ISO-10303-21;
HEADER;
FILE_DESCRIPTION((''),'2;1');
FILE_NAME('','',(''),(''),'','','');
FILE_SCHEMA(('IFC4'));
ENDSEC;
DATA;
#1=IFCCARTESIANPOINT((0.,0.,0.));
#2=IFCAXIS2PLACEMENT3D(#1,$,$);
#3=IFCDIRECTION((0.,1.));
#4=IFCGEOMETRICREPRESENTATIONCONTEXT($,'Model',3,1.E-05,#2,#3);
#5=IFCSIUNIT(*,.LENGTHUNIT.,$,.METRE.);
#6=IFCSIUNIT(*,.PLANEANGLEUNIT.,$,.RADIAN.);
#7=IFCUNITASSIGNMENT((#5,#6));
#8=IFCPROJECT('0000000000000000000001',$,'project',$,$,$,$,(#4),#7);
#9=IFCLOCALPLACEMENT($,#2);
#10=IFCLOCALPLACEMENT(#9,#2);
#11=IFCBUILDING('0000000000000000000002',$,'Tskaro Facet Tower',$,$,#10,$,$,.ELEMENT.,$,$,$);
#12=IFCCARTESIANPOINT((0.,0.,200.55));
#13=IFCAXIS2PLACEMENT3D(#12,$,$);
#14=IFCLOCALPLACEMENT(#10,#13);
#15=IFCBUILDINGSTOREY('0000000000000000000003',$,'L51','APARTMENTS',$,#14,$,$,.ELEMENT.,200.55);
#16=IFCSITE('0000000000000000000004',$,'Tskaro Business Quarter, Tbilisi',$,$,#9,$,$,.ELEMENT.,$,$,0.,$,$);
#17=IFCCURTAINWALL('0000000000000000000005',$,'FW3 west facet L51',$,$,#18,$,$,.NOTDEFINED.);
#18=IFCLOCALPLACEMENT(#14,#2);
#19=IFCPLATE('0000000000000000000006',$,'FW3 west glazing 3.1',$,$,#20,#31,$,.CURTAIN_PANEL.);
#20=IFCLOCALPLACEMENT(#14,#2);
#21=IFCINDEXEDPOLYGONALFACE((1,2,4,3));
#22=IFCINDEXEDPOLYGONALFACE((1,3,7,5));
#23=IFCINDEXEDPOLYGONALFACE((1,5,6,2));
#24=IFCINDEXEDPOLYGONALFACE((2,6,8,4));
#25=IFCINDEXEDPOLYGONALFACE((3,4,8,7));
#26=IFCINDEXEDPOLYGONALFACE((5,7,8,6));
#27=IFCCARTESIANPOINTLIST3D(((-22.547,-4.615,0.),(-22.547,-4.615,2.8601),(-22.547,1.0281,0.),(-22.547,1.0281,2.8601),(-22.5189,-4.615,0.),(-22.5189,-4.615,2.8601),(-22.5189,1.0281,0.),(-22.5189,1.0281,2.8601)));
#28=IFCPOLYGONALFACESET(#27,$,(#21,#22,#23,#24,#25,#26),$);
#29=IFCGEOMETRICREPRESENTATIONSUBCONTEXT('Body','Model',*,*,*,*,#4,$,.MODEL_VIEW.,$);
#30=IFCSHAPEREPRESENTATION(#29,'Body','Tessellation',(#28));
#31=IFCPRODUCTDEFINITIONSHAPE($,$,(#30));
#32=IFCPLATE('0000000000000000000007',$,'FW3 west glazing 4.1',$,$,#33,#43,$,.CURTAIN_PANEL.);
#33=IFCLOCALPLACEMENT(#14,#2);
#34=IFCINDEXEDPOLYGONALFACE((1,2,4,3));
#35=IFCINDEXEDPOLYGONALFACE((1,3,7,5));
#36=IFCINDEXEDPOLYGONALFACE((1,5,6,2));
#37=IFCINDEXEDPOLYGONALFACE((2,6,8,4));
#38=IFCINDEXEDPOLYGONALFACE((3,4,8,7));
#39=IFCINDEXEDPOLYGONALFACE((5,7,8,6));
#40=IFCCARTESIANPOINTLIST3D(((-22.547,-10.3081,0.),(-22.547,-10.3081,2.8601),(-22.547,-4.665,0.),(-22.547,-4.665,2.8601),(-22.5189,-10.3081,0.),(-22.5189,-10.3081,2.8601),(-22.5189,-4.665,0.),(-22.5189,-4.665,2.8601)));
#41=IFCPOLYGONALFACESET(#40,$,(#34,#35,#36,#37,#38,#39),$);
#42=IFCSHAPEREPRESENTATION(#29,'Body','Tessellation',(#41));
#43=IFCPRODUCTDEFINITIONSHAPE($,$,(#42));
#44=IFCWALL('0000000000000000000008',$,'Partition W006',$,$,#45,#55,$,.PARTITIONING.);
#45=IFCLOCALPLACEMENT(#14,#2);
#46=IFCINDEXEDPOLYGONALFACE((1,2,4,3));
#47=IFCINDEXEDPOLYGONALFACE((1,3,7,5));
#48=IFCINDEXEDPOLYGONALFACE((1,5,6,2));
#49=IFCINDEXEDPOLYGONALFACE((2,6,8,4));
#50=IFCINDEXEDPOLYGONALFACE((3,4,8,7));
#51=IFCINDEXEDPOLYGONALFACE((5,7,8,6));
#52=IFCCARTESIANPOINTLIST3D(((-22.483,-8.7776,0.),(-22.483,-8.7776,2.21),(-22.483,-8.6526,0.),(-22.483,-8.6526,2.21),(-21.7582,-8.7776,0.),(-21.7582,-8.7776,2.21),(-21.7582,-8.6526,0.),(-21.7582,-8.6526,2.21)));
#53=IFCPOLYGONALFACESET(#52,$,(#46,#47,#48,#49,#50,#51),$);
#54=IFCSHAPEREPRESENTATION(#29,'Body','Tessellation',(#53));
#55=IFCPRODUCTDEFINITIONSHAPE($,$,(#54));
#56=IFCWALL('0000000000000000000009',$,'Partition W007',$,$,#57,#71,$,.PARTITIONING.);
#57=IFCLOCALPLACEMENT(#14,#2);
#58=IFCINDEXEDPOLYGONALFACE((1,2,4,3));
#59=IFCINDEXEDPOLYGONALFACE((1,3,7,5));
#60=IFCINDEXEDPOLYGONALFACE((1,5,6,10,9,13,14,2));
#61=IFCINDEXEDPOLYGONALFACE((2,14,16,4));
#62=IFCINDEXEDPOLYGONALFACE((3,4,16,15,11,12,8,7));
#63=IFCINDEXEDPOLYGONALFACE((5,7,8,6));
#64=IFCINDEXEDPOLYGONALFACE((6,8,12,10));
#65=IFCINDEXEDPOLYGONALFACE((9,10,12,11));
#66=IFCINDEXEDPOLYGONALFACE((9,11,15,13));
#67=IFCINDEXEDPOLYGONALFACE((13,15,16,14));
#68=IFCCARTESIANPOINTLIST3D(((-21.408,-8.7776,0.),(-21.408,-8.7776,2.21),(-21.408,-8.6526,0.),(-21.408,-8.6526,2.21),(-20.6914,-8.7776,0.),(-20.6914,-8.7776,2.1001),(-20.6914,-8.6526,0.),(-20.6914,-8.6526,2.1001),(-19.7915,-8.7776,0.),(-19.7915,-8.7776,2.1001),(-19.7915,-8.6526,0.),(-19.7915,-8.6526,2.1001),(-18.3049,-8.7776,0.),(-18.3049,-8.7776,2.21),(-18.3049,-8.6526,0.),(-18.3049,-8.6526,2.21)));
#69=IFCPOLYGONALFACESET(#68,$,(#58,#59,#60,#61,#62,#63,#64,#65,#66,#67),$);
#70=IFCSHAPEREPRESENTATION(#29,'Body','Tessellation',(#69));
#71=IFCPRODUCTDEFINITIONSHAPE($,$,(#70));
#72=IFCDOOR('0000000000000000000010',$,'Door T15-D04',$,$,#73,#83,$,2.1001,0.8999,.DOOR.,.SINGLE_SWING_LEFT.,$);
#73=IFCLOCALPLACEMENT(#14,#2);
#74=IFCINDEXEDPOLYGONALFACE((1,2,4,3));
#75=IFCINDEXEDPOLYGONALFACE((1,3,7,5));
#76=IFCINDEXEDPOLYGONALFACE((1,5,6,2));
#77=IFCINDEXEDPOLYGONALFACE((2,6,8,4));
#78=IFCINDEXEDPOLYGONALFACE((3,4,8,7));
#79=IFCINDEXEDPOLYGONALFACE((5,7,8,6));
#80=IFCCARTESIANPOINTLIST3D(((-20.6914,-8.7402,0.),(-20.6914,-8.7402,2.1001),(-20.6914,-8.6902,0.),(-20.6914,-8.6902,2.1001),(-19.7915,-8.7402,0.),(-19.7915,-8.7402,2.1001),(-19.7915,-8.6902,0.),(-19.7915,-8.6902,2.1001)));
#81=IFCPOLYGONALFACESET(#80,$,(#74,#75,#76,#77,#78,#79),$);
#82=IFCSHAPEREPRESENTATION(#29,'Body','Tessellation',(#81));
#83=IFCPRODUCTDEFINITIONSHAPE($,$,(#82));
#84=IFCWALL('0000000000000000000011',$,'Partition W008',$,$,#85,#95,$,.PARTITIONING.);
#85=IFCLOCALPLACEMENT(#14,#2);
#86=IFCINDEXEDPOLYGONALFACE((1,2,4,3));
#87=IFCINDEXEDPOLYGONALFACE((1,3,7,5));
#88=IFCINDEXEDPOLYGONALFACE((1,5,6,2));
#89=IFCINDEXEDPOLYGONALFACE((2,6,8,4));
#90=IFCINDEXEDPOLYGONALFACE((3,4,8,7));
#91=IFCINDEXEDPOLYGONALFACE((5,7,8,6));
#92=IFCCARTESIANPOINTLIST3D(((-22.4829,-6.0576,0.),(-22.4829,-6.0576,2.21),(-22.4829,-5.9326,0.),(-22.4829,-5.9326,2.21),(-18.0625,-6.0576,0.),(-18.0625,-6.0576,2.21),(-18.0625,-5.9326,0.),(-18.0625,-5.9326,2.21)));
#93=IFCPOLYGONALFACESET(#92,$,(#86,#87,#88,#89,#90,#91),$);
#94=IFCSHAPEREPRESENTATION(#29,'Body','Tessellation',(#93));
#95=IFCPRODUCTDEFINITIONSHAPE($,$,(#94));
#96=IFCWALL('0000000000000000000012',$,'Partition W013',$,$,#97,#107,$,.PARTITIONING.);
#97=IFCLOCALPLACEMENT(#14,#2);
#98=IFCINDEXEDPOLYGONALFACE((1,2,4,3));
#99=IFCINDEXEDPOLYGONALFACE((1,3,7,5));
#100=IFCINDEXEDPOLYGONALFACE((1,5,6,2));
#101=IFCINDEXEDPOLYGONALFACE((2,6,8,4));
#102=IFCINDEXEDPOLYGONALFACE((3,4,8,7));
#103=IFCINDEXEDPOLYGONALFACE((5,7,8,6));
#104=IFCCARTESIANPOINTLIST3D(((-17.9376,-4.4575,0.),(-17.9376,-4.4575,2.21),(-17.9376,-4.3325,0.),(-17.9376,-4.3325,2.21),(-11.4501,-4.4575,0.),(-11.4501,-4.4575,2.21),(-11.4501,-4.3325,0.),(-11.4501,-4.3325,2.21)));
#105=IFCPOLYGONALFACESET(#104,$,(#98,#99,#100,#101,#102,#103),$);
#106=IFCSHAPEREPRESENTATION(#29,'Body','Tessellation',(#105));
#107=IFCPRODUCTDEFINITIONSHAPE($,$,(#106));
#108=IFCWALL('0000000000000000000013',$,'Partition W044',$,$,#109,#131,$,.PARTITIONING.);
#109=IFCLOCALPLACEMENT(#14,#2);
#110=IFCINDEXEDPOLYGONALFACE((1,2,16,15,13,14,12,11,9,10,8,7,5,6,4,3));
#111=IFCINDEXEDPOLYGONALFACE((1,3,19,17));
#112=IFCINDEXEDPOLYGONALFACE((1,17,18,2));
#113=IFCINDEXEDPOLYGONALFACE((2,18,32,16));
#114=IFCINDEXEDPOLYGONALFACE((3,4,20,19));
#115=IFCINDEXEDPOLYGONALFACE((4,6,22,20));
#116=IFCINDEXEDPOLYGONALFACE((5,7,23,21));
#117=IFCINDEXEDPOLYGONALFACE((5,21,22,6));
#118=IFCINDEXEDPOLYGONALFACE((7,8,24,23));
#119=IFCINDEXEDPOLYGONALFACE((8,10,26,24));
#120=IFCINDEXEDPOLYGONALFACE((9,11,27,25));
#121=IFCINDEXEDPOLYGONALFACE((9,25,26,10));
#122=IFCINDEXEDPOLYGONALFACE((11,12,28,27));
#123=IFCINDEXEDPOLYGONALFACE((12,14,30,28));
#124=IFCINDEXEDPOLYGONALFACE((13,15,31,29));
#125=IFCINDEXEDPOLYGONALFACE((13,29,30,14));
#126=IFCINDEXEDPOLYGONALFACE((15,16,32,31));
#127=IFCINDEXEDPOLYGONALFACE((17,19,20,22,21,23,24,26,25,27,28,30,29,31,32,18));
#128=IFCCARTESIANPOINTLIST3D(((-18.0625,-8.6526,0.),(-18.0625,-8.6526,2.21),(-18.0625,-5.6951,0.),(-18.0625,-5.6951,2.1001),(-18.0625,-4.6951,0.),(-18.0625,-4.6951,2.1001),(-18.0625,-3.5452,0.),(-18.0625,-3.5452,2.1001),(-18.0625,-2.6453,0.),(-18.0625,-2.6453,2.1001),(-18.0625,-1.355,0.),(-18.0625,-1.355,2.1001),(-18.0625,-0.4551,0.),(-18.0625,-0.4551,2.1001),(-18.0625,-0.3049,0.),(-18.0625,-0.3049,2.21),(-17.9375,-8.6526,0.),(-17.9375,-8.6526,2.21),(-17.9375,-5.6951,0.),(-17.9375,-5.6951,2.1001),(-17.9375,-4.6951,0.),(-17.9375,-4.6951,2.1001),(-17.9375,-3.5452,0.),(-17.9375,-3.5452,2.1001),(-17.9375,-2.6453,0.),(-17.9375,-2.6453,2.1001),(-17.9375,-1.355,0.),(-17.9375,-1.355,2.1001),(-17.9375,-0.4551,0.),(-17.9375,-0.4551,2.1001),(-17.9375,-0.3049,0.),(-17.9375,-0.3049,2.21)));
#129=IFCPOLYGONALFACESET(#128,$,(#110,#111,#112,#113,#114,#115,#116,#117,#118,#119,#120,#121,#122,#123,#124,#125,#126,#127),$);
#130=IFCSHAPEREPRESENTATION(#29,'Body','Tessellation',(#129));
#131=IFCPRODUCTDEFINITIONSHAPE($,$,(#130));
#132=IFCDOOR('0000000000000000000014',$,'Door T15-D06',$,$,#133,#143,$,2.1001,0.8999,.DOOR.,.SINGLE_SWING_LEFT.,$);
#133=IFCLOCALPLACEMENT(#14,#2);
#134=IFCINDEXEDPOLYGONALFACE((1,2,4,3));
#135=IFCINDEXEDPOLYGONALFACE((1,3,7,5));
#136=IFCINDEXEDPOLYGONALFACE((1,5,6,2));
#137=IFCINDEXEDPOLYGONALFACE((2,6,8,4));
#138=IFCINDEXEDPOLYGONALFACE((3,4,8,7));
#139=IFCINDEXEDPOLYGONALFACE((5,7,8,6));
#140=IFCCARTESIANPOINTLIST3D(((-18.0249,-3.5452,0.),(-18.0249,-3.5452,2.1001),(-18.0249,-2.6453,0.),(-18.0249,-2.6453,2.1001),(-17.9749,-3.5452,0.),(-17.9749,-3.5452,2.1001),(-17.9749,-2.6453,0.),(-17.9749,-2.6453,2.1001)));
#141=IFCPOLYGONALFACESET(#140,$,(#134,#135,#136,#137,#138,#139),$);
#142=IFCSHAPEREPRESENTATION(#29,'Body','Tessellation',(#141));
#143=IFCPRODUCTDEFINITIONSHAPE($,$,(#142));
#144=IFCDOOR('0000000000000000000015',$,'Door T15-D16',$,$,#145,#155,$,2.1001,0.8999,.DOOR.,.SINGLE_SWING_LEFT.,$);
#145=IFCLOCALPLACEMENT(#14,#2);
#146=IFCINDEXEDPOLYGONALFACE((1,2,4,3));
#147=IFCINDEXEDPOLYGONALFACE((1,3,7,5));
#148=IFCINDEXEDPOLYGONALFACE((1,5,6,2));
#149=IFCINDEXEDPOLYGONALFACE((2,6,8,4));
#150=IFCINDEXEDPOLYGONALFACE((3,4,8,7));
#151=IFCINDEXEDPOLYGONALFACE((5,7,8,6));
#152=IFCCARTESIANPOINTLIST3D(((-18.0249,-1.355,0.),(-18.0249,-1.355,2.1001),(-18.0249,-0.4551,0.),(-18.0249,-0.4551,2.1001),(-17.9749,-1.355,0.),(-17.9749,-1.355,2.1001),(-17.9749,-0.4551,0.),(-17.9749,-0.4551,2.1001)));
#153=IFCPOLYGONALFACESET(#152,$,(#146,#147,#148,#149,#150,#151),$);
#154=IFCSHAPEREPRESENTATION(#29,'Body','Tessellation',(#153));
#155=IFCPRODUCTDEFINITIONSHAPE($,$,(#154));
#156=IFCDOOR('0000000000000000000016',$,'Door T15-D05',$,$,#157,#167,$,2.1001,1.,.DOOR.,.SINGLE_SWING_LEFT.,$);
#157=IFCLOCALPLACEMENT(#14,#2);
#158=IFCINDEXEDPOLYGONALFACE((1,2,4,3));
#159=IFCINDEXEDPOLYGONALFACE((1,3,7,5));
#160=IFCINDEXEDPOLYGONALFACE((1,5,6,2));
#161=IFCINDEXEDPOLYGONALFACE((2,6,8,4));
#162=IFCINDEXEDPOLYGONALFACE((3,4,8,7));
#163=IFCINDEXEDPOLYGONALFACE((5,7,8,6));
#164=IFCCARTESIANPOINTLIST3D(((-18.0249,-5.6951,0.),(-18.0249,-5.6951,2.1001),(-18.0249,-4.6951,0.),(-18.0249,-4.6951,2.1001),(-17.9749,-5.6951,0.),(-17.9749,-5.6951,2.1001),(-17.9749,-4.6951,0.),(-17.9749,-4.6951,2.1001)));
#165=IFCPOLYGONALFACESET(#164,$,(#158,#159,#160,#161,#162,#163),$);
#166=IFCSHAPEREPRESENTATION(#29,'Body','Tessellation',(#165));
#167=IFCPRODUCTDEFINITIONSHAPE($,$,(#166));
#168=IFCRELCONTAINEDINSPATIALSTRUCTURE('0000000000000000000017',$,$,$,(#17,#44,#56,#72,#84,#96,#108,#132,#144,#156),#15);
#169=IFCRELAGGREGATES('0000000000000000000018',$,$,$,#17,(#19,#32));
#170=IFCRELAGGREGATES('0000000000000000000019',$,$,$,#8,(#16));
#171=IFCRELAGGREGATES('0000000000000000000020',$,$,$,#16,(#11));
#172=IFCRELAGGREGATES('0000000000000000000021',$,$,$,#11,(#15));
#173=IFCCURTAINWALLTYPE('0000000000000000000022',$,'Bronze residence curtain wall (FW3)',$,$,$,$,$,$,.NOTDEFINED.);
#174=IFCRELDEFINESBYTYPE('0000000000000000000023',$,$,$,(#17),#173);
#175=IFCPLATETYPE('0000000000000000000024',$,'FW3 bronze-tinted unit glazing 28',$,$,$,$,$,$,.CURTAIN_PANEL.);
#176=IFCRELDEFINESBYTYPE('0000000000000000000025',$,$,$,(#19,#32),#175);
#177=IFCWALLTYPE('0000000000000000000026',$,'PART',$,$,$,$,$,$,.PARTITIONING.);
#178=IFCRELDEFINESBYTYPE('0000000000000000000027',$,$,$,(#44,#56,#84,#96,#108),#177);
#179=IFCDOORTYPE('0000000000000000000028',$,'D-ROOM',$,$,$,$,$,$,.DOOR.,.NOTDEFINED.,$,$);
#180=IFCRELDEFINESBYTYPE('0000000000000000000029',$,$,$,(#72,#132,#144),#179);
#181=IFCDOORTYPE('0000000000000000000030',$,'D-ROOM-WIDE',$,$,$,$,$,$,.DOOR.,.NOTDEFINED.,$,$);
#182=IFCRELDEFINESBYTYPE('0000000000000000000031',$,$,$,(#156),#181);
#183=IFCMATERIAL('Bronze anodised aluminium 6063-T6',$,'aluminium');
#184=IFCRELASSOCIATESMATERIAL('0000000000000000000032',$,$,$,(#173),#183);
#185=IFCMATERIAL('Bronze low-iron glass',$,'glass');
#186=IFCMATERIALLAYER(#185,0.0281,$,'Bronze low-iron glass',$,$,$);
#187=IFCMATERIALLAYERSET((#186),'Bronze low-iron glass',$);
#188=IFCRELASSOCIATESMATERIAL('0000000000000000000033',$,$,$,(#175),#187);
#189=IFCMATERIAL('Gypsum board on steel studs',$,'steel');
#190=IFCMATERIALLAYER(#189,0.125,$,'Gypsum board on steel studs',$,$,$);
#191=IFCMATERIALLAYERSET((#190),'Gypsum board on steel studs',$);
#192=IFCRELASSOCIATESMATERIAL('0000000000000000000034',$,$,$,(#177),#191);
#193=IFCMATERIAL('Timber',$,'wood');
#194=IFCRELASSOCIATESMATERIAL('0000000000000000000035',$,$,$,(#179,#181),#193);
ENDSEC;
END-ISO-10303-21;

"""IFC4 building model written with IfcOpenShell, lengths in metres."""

from ifc_helpers import new_model, si_unit, direction, frame, frame_2d, origin, origin_2d, place, context, subcontext, project, spatial, rectangle, extrude, material, layer, layer_set, type_object, element, fill, aggregate, save


model = new_model("IFC4")

# Units and contexts
model_context = context("Model", 3, precision=1e-05, world=origin(), true_north=direction((0.0, 1.0)))
body_context = subcontext(model_context, "Body", "Model", "MODEL_VIEW")
ifc_project = project(units=[si_unit("LENGTHUNIT", "METRE"), si_unit("PLANEANGLEUNIT", "RADIAN")], contexts=[model_context])

# Site, building, storey
site_placement = place(None, origin())
site = spatial("IfcSite", under=ifc_project, at=site_placement, Name="Tskaro Business Quarter, Tbilisi", CompositionType="ELEMENT", RefElevation=0.0)
building_placement = place(site_placement, origin())
building = spatial("IfcBuilding", under=site, at=building_placement, Name="Tskaro Facet Tower", CompositionType="ELEMENT")
storey_placement = place(building_placement, frame((0.0, 0.0, 200.55)))
storey = spatial("IfcBuildingStorey", under=building, at=storey_placement, Name="L51", Description="APARTMENTS", CompositionType="ELEMENT", Elevation=200.55)

# Curtain wall
ifc_material_1 = material(Name="Bronze anodised aluminium 6063-T6", Category="aluminium")
curtain_wall_type = type_object("IfcCurtainWallType", Name="Bronze residence curtain wall (FW3)", PredefinedType="NOTDEFINED", material=ifc_material_1)
curtain_wall_placement = place(storey_placement, origin())
curtain_wall = element("IfcCurtainWall", 1, at=curtain_wall_placement, inside=storey, type_object=curtain_wall_type, Name="FW3 west facet L51", PredefinedType="NOTDEFINED")

# Plates
ifc_material_2 = material(Name="Bronze low-iron glass", Category="glass")
ifc_layer_1 = layer(ifc_material_2, 0.0281, Name="Bronze low-iron glass")
ifc_layer_set_1 = layer_set([ifc_layer_1], Name="Bronze low-iron glass")
plate_type = type_object("IfcPlateType", Name="FW3 bronze-tinted unit glazing 28", PredefinedType="CURTAIN_PANEL", material=ifc_layer_set_1)
plate_1_placement = place(storey_placement, frame((-22.533, -1.7935, 0.0), z_axis=(0.0, 0.0, 1.0), x_axis=(0.0, -1.0, 0.0)))
plate_1 = element("IfcPlate", 2, at=plate_1_placement, type_object=plate_type, Name="FW3 west glazing 3.1", PredefinedType="CURTAIN_PANEL", context=body_context, shape_type="SweptSolid", body=[
    extrude(rectangle(XDim=5.6431, YDim=0.0281, at=origin_2d()), origin(), (0.0, 0.0, 1.0), 2.8601),
])
plate_2_placement = place(storey_placement, frame((-22.533, -7.4866, 0.0), z_axis=(0.0, 0.0, 1.0), x_axis=(0.0, -1.0, 0.0)))
plate_2 = element("IfcPlate", 3, at=plate_2_placement, type_object=plate_type, Name="FW3 west glazing 4.1", PredefinedType="CURTAIN_PANEL", context=body_context, shape_type="SweptSolid", body=[
    extrude(rectangle(XDim=5.6431, YDim=0.0281, at=origin_2d()), origin(), (0.0, 0.0, 1.0), 2.8601),
])
aggregate(curtain_wall, [plate_1, plate_2])

# Wall
ifc_material_3 = material(Name="Gypsum board on steel studs", Category="steel")
ifc_layer_2 = layer(ifc_material_3, 0.125, Name="Gypsum board on steel studs")
ifc_layer_set_2 = layer_set([ifc_layer_2], Name="Gypsum board on steel studs")
wall_type_1 = type_object("IfcWallType", Name="PART", PredefinedType="PARTITIONING", material=ifc_layer_set_2)
wall_1_placement = place(storey_placement, frame((-22.4829, -8.7151, 0.0), z_axis=(0.0, 0.0, 1.0), x_axis=(1.0, 0.0, 0.0)))
element("IfcWall", 4, at=wall_1_placement, inside=storey, type_object=wall_type_1, Name="Partition W006", PredefinedType="PARTITIONING", context=body_context, shape_type="SweptSolid", body=[
    extrude(rectangle(XDim=0.7249, YDim=0.125, at=frame_2d((0.3623, 0.0))), origin(), (0.0, 0.0, 1.0), 2.21),
])

# Wall, opening, door
wall_2_placement = place(storey_placement, frame((-21.408, -8.7151, 0.0), z_axis=(0.0, 0.0, 1.0), x_axis=(1.0, 0.0, 0.0)))
wall_2 = element("IfcWall", 5, at=wall_2_placement, inside=storey, type_object=wall_type_1, Name="Partition W007", PredefinedType="PARTITIONING", context=body_context, shape_type="SweptSolid", body=[
    extrude(rectangle(XDim=3.103, YDim=0.125, at=frame_2d((1.5515, 0.0))), origin(), (0.0, 0.0, 1.0), 2.21),
])
opening_1_placement = place(wall_2_placement, frame((0.7166, 0.0, 0.0)))
opening_1 = element("IfcOpeningElement", 6, at=opening_1_placement, cuts=wall_2, PredefinedType="OPENING", context=body_context, shape_type="SweptSolid", body=[
    extrude(rectangle(XDim=0.8999, YDim=2.1001, at=frame_2d((0.45, 1.05))), frame((0.0, 0.0725, 0.0), z_axis=(0.0, -1.0, 0.0), x_axis=(1.0, 0.0, 0.0)), (0.0, 0.0, 1.0), 0.145),
])
ifc_material_4 = material(Name="Timber", Category="wood")
door_type_1 = type_object("IfcDoorType", Name="D-ROOM", OperationType="NOTDEFINED", PredefinedType="DOOR", material=ifc_material_4)
door_1_placement = place(opening_1_placement, origin())
door_1 = element("IfcDoor", 7, at=door_1_placement, inside=storey, type_object=door_type_1, Name="Door T15-D04", OperationType="SINGLE_SWING_LEFT", OverallHeight=2.1001, OverallWidth=0.8999, PredefinedType="DOOR", context=body_context, shape_type="SweptSolid", body=[
    extrude(rectangle(XDim=0.8999, YDim=2.1001, at=frame_2d((0.45, 1.05))), frame((0.0, 0.0249, 0.0), z_axis=(0.0, -1.0, 0.0), x_axis=(1.0, 0.0, 0.0)), (0.0, 0.0, 1.0), 0.05),
])
fill(opening_1, door_1)

# Walls
wall_3_placement = place(storey_placement, frame((-22.4829, -5.9951, 0.0), z_axis=(0.0, 0.0, 1.0), x_axis=(1.0, 0.0, 0.0)))
element("IfcWall", 8, at=wall_3_placement, inside=storey, type_object=wall_type_1, Name="Partition W008", PredefinedType="PARTITIONING", context=body_context, shape_type="SweptSolid", body=[
    extrude(rectangle(XDim=4.4204, YDim=0.125, at=frame_2d((2.2102, 0.0))), origin(), (0.0, 0.0, 1.0), 2.21),
])
wall_4_placement = place(storey_placement, frame((-17.9375, -4.395, 0.0), z_axis=(0.0, 0.0, 1.0), x_axis=(1.0, 0.0, 0.0)))
element("IfcWall", 9, at=wall_4_placement, inside=storey, type_object=wall_type_1, Name="Partition W013", PredefinedType="PARTITIONING", context=body_context, shape_type="SweptSolid", body=[
    extrude(rectangle(XDim=6.4875, YDim=0.125, at=frame_2d((3.2437, 0.0))), origin(), (0.0, 0.0, 1.0), 2.21),
])

# Wall, openings, doors
wall_5_placement = place(storey_placement, frame((-18.0, -8.6526, 0.0), z_axis=(0.0, 0.0, 1.0), x_axis=(0.0, 1.0, 0.0)))
wall_5 = element("IfcWall", 10, at=wall_5_placement, inside=storey, type_object=wall_type_1, Name="Partition W044", PredefinedType="PARTITIONING", context=body_context, shape_type="SweptSolid", body=[
    extrude(rectangle(XDim=8.3477, YDim=0.125, at=frame_2d((4.1738, 0.0))), origin(), (0.0, 0.0, 1.0), 2.21),
])
opening_2_placement = place(wall_5_placement, frame((2.9575, 0.0, 0.0)))
opening_2 = element("IfcOpeningElement", 11, at=opening_2_placement, cuts=wall_5, PredefinedType="OPENING", context=body_context, shape_type="SweptSolid", body=[
    extrude(rectangle(XDim=1.0, YDim=2.1001, at=frame_2d((0.5, 1.05))), frame((0.0, 0.0725, 0.0), z_axis=(0.0, -1.0, 0.0), x_axis=(1.0, 0.0, 0.0)), (0.0, 0.0, 1.0), 0.145),
])
opening_3_placement = place(wall_5_placement, frame((5.1074, 0.0, 0.0)))
opening_3 = element("IfcOpeningElement", 12, at=opening_3_placement, cuts=wall_5, PredefinedType="OPENING", context=body_context, shape_type="SweptSolid", body=[
    extrude(rectangle(XDim=0.8999, YDim=2.1001, at=frame_2d((0.45, 1.05))), frame((0.0, 0.0725, 0.0), z_axis=(0.0, -1.0, 0.0), x_axis=(1.0, 0.0, 0.0)), (0.0, 0.0, 1.0), 0.145),
])
opening_4_placement = place(wall_5_placement, frame((7.2976, 0.0, 0.0)))
opening_4 = element("IfcOpeningElement", 13, at=opening_4_placement, cuts=wall_5, PredefinedType="OPENING", context=body_context, shape_type="SweptSolid", body=[
    extrude(rectangle(XDim=0.8999, YDim=2.1001, at=frame_2d((0.45, 1.05))), frame((0.0, 0.0725, 0.0), z_axis=(0.0, -1.0, 0.0), x_axis=(1.0, 0.0, 0.0)), (0.0, 0.0, 1.0), 0.145),
])
door_2_placement = place(opening_3_placement, origin())
door_2 = element("IfcDoor", 14, at=door_2_placement, inside=storey, type_object=door_type_1, Name="Door T15-D06", OperationType="SINGLE_SWING_LEFT", OverallHeight=2.1001, OverallWidth=0.8999, PredefinedType="DOOR", context=body_context, shape_type="SweptSolid", body=[
    extrude(rectangle(XDim=0.8999, YDim=2.1001, at=frame_2d((0.45, 1.05))), frame((0.0, 0.0249, 0.0), z_axis=(0.0, -1.0, 0.0), x_axis=(1.0, 0.0, 0.0)), (0.0, 0.0, 1.0), 0.05),
])
fill(opening_3, door_2)
door_3_placement = place(opening_4_placement, origin())
door_3 = element("IfcDoor", 15, at=door_3_placement, inside=storey, type_object=door_type_1, Name="Door T15-D16", OperationType="SINGLE_SWING_LEFT", OverallHeight=2.1001, OverallWidth=0.8999, PredefinedType="DOOR", context=body_context, shape_type="SweptSolid", body=[
    extrude(rectangle(XDim=0.8999, YDim=2.1001, at=frame_2d((0.45, 1.05))), frame((0.0, 0.0249, 0.0), z_axis=(0.0, -1.0, 0.0), x_axis=(1.0, 0.0, 0.0)), (0.0, 0.0, 1.0), 0.05),
])
fill(opening_4, door_3)
door_type_2 = type_object("IfcDoorType", Name="D-ROOM-WIDE", OperationType="NOTDEFINED", PredefinedType="DOOR", material=ifc_material_4)
door_4_placement = place(opening_2_placement, origin())
door_4 = element("IfcDoor", 16, at=door_4_placement, inside=storey, type_object=door_type_2, Name="Door T15-D05", OperationType="SINGLE_SWING_LEFT", OverallHeight=2.1001, OverallWidth=1.0, PredefinedType="DOOR", context=body_context, shape_type="SweptSolid", body=[
    extrude(rectangle(XDim=1.0, YDim=2.1001, at=frame_2d((0.5, 1.05))), frame((0.0, 0.0249, 0.0), z_axis=(0.0, -1.0, 0.0), x_axis=(1.0, 0.0, 0.0)), (0.0, 0.0, 1.0), 0.05),
])
fill(opening_2, door_4)

save(model, "model.ifc")
